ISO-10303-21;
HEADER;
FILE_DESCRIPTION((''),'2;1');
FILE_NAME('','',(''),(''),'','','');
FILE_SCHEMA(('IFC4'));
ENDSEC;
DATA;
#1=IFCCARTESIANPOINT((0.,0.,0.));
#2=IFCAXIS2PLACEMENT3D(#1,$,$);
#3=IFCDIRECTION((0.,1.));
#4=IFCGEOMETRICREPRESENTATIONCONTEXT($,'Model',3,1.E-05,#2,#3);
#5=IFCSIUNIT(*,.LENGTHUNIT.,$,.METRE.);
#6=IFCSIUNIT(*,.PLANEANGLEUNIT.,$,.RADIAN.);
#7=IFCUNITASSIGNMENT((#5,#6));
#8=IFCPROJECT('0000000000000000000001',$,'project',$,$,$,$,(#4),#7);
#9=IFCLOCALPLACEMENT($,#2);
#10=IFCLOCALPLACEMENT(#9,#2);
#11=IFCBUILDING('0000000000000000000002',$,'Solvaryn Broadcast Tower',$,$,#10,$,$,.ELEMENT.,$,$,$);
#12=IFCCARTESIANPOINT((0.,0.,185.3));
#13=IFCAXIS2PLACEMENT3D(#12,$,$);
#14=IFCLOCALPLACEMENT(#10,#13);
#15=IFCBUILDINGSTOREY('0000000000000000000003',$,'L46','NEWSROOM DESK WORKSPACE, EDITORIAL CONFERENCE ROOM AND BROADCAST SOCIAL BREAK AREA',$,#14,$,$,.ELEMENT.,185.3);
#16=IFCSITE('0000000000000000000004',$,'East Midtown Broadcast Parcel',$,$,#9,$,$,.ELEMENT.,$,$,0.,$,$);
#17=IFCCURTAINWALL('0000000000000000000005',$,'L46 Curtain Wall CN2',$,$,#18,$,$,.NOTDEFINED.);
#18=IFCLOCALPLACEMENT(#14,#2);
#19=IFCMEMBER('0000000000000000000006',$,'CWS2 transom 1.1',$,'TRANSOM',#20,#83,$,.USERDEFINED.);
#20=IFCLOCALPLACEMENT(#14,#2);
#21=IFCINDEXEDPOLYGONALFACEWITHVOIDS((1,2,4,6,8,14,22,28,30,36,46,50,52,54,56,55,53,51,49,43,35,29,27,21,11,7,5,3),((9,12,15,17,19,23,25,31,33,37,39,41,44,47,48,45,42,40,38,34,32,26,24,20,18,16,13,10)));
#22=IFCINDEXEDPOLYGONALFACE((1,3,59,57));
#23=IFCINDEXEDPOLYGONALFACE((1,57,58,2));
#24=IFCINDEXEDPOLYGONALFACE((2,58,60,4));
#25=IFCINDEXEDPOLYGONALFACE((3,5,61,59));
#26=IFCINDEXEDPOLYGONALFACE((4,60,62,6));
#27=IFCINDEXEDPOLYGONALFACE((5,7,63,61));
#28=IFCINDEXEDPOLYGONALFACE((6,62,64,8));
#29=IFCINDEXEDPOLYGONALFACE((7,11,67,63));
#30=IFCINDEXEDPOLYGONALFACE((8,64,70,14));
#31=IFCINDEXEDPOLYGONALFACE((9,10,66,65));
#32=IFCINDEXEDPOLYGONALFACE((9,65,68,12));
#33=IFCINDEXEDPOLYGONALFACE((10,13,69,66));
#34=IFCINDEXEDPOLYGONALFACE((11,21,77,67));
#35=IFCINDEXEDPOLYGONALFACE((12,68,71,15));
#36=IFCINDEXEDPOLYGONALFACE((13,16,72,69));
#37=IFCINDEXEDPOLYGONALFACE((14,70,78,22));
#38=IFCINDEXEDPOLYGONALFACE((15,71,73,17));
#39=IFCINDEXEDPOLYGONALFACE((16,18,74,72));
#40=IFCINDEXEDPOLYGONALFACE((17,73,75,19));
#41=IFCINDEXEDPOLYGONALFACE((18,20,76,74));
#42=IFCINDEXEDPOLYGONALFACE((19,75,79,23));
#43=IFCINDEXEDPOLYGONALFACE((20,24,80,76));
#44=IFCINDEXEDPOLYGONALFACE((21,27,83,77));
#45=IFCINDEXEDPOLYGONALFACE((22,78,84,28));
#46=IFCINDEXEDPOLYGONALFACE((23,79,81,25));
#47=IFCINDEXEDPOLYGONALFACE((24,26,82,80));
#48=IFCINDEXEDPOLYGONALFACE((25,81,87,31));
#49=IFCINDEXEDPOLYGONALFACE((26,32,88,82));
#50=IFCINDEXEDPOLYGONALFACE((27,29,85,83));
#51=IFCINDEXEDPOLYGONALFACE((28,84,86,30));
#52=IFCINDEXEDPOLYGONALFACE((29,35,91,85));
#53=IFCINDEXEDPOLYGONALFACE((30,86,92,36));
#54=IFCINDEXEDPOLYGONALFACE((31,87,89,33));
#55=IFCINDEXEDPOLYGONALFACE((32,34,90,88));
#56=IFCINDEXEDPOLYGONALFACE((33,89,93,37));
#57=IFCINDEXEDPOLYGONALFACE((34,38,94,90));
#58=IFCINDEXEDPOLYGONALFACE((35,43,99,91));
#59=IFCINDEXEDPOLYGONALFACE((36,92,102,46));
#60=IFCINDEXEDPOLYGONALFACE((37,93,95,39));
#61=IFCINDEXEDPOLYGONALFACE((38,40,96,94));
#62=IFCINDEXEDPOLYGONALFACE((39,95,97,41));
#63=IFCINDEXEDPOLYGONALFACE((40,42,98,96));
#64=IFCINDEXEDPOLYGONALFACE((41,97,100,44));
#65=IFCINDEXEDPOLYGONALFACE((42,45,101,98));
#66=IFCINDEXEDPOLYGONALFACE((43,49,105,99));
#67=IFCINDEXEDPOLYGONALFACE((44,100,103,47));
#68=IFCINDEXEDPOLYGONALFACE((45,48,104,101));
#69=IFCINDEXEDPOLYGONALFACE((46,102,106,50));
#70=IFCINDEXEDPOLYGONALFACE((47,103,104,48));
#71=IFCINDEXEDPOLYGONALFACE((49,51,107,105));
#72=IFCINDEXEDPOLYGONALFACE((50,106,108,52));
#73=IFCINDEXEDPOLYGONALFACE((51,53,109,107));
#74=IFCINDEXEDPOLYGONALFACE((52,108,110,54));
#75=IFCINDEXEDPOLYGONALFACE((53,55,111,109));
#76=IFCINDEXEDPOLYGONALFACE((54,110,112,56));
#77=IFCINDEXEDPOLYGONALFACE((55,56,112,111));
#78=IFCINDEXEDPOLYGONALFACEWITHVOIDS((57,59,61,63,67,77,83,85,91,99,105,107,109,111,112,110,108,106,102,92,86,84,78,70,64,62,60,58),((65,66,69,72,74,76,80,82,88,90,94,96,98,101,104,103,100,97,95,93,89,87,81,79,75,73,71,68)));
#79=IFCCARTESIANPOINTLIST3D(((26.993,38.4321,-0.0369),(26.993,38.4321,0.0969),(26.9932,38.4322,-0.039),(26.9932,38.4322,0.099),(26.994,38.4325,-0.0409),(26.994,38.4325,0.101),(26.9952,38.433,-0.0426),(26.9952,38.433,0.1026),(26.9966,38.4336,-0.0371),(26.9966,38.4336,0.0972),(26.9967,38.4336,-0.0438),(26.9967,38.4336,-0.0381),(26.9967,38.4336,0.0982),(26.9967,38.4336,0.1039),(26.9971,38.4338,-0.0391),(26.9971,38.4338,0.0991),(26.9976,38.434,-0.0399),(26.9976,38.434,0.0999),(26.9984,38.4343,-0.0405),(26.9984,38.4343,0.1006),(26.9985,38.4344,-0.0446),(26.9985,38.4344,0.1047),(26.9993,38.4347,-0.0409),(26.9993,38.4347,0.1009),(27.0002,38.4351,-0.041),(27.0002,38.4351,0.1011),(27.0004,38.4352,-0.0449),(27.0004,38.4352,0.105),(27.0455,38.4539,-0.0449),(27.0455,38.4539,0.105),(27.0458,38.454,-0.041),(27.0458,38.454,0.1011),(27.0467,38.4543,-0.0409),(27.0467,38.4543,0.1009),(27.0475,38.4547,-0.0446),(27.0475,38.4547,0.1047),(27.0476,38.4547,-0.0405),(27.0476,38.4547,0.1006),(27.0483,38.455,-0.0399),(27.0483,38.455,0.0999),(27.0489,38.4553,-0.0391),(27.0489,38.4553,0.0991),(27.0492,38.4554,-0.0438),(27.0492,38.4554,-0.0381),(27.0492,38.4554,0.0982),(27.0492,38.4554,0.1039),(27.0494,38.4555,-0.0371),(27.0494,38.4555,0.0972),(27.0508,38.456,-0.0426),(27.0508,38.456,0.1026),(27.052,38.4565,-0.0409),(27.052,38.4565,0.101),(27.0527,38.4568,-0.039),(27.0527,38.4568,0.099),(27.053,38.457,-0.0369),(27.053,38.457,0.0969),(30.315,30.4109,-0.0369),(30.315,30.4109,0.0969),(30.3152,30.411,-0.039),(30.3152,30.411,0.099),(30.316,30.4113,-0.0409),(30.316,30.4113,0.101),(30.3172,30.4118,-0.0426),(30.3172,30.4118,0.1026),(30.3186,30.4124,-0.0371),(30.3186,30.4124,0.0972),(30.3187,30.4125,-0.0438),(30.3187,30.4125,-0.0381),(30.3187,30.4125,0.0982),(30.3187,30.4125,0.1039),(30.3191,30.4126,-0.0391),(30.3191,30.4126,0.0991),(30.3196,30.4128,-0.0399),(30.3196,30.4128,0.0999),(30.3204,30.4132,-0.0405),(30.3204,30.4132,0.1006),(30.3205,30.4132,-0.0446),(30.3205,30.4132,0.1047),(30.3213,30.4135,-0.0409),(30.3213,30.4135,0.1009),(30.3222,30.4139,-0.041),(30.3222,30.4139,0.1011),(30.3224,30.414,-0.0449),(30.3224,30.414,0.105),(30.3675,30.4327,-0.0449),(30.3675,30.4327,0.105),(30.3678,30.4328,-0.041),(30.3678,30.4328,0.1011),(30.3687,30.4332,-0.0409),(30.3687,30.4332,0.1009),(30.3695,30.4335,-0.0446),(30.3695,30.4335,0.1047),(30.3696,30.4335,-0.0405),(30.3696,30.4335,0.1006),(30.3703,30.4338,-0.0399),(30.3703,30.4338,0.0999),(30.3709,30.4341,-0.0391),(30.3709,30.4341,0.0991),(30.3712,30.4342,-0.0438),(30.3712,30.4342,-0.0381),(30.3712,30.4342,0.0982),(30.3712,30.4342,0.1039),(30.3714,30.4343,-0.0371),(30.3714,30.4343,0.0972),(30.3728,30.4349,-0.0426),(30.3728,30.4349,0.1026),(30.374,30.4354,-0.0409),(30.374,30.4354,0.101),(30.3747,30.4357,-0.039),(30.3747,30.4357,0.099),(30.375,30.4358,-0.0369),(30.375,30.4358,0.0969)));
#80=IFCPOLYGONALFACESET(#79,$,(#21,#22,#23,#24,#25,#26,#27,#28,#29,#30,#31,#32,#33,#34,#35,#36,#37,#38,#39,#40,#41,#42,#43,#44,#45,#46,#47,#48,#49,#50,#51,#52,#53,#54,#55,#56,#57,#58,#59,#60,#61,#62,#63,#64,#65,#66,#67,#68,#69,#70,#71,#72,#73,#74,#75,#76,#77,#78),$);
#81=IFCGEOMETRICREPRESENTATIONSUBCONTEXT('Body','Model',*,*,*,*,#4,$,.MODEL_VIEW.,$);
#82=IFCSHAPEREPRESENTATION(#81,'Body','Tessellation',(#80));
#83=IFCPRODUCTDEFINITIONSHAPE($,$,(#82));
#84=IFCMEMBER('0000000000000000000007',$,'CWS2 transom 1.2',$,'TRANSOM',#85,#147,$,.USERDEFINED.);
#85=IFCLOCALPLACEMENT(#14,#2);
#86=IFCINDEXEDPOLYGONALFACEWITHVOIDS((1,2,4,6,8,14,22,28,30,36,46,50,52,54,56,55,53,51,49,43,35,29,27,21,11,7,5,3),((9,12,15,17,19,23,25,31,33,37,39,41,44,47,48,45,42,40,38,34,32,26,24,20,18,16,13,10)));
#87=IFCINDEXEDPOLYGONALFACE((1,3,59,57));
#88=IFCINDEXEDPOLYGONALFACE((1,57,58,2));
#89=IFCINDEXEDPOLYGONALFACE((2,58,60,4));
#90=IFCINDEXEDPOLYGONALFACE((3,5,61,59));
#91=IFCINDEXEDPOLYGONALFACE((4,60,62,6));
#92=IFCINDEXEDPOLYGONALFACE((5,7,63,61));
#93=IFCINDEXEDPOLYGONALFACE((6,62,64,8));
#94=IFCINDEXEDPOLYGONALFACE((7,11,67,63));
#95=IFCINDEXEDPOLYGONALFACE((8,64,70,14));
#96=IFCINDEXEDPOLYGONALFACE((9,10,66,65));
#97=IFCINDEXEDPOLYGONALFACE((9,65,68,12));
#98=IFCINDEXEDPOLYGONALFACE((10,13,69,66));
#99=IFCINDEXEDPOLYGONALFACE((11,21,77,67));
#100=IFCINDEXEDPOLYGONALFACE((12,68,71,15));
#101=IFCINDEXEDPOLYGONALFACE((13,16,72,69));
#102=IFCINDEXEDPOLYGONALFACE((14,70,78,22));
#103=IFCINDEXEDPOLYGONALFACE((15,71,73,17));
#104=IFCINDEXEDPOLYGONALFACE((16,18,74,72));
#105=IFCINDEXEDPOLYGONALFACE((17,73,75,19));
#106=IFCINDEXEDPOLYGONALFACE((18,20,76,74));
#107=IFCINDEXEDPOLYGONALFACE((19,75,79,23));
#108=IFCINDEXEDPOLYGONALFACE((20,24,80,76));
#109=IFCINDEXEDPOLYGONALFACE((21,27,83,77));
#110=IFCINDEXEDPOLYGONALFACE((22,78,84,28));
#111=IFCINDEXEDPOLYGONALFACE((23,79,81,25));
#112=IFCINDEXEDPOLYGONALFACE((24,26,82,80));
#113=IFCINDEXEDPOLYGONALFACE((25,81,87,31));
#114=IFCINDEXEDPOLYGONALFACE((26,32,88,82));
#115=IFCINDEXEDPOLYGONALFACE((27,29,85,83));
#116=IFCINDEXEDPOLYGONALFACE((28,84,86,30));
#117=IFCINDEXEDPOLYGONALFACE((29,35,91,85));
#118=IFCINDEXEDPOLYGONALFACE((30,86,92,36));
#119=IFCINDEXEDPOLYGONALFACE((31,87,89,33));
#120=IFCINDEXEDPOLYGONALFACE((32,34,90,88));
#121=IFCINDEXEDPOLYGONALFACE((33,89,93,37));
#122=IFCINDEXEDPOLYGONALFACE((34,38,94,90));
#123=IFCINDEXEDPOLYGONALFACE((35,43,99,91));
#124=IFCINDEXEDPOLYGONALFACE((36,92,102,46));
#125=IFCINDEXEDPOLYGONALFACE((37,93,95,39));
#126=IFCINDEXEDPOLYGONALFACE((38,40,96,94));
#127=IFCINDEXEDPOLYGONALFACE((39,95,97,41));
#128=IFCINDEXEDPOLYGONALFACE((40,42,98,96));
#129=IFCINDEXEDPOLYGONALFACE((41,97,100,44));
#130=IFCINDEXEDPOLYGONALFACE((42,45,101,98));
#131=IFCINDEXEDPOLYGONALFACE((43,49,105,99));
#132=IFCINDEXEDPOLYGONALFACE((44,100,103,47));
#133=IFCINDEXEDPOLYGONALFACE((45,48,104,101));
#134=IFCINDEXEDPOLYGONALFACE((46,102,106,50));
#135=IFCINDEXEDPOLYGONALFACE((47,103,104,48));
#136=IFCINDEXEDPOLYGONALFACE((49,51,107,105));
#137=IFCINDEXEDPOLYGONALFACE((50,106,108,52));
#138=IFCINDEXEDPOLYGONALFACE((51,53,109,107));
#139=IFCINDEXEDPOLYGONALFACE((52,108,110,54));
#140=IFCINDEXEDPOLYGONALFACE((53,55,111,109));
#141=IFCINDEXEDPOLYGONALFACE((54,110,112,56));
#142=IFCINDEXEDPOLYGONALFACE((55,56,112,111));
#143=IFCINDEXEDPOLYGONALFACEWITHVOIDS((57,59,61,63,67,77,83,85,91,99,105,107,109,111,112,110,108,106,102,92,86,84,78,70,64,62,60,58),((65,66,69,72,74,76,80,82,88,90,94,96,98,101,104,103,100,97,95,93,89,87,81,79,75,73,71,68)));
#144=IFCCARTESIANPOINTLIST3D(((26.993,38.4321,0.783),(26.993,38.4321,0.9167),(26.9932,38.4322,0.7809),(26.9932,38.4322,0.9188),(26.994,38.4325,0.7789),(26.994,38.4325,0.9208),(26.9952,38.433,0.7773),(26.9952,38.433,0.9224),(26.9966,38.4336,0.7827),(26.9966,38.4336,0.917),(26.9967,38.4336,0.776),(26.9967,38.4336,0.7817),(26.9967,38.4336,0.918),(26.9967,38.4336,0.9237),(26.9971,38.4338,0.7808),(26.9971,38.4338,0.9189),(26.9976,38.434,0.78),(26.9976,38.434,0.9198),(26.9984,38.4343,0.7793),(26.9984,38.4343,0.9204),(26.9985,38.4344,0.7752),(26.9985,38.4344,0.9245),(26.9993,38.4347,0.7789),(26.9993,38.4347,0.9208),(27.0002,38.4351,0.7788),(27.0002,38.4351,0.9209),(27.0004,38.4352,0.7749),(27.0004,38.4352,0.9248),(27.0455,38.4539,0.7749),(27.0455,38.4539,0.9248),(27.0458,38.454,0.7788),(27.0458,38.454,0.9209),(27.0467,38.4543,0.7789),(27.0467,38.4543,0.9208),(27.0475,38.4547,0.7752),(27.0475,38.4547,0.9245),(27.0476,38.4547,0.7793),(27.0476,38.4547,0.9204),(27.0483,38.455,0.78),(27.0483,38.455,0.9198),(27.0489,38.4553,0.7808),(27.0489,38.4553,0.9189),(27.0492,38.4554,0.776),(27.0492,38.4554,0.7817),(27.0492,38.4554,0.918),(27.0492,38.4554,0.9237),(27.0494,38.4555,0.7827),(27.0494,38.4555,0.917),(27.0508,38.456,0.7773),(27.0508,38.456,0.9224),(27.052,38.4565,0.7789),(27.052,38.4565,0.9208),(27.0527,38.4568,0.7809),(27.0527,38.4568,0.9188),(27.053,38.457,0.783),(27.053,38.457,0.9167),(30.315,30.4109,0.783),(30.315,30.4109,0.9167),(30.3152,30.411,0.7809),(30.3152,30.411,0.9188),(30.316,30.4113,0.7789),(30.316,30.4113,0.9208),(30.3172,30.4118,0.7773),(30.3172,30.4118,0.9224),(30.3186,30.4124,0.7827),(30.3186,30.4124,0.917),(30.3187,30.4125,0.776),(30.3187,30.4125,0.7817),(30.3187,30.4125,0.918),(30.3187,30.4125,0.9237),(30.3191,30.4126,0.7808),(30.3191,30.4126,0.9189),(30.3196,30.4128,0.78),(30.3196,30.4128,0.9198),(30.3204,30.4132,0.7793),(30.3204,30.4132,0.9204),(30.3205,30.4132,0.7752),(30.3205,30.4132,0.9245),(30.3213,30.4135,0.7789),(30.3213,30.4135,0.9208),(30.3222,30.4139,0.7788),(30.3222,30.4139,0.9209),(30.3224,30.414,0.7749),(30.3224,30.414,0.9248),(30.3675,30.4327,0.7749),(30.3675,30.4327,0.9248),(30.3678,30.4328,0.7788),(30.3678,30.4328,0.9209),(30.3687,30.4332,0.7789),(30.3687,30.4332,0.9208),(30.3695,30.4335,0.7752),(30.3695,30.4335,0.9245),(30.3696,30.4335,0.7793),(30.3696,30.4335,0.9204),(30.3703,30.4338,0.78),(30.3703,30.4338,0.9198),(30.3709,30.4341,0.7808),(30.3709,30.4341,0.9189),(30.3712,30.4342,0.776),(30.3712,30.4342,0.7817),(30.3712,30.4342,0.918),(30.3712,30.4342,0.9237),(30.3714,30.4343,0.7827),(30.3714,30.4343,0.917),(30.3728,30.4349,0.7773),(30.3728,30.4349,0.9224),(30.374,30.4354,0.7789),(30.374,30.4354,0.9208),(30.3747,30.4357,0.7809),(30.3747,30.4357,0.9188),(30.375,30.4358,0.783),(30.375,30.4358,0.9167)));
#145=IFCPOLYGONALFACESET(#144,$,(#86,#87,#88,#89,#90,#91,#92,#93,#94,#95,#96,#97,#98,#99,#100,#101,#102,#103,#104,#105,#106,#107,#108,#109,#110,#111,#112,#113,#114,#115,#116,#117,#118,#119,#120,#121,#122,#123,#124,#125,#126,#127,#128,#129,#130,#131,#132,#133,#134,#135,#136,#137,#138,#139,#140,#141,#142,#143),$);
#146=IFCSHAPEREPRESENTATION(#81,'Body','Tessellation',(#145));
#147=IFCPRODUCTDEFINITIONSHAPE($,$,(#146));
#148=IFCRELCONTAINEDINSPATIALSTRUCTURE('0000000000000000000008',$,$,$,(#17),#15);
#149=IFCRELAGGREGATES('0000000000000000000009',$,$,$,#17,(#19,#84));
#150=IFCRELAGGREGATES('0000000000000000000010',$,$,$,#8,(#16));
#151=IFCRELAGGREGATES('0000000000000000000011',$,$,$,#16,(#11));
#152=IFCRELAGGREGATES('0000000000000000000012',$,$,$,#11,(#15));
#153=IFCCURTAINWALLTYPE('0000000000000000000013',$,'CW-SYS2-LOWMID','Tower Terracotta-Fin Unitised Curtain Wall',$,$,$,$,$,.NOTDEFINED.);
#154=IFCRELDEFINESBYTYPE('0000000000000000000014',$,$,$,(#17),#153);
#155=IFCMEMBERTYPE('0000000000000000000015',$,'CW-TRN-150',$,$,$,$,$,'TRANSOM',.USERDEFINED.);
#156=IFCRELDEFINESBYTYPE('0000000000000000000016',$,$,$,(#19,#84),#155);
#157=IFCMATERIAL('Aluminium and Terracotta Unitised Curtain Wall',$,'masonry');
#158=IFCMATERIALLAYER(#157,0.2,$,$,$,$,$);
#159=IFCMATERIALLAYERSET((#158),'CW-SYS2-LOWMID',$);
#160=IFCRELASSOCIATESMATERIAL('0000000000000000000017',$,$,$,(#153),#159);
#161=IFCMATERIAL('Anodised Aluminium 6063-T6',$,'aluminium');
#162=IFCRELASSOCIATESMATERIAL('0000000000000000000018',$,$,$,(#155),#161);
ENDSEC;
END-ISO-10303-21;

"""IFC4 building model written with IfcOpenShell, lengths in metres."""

from ifc_helpers import new_model, si_unit, direction, frame, origin, origin_2d, place, context, subcontext, project, spatial, hollow_rectangle, extrude, material, layer, layer_set, material_profile, profile_set, type_object, element, aggregate, save


model = new_model("IFC4")

# Units and contexts
model_context = context("Model", 3, precision=1e-05, world=origin(), true_north=direction((0.0, 1.0)))
body_context = subcontext(model_context, "Body", "Model", "MODEL_VIEW")
ifc_project = project(units=[si_unit("LENGTHUNIT", "METRE"), si_unit("PLANEANGLEUNIT", "RADIAN")], contexts=[model_context])

# Site, building, storey
site_placement = place(None, origin())
site = spatial("IfcSite", under=ifc_project, at=site_placement, Name="East Midtown Broadcast Parcel", CompositionType="ELEMENT", RefElevation=0.0)
building_placement = place(site_placement, origin())
building = spatial("IfcBuilding", under=site, at=building_placement, Name="Solvaryn Broadcast Tower", CompositionType="ELEMENT")
storey_placement = place(building_placement, frame((0.0, 0.0, 185.3)))
storey = spatial("IfcBuildingStorey", under=building, at=storey_placement, Name="L46", Description="NEWSROOM DESK WORKSPACE, EDITORIAL CONFERENCE ROOM AND BROADCAST SOCIAL BREAK AREA", CompositionType="ELEMENT", Elevation=185.3)

# Shared definitions
ifc_material_1 = material(Name="Aluminium and Terracotta Unitised Curtain Wall", Category="masonry")
ifc_layer_1 = layer(ifc_material_1, 0.2)
ifc_layer_set_1 = layer_set([ifc_layer_1], Name="CW-SYS2-LOWMID")
curtain_wall_type = type_object("IfcCurtainWallType", Name="CW-SYS2-LOWMID", Description="Tower Terracotta-Fin Unitised Curtain Wall", PredefinedType="NOTDEFINED", material=ifc_layer_set_1)

# Curtain wall, members
curtain_wall_1_placement = place(storey_placement, origin())
curtain_wall_1 = element("IfcCurtainWall", 1, at=curtain_wall_1_placement, inside=storey, type_object=curtain_wall_type, Name="L46 Curtain Wall CN2", PredefinedType="NOTDEFINED")
ifc_material_2 = material(Name="Anodised Aluminium 6063-T6", Category="aluminium")
ifc_material_profile_1 = material_profile(ifc_material_2, hollow_rectangle(XDim=0.0649, YDim=0.1499, WallThickness=0.0039, InnerFilletRadius=0.0039, OuterFilletRadius=0.0081, at=origin_2d()))
ifc_profile_set_1 = profile_set([ifc_material_profile_1], Name="Anodised Aluminium 6063-T6")
member_type_1 = type_object("IfcMemberType", Name="CW-TRN-150", ElementType="TRANSOM", PredefinedType="USERDEFINED", material=ifc_profile_set_1)
member_1_placement = place(storey_placement, frame((30.345, 30.4233, 0.03), z_axis=(-0.382636, 0.923899, 0.0), x_axis=(-0.923899, -0.382636, 0.0)))
member_1 = element("IfcMember", 2, at=member_1_placement, type_object=member_type_1, Name="CWS2 transom 1.1", ObjectType="TRANSOM", PredefinedType="USERDEFINED", context=body_context, shape_type="SweptSolid", body=[
    extrude(hollow_rectangle(XDim=0.0649, YDim=0.1499, WallThickness=0.0039, InnerFilletRadius=0.0039, OuterFilletRadius=0.0081, at=origin_2d()), origin(), (0.0, 0.0, 1.0), 8.6819),
])
member_2_placement = place(storey_placement, frame((30.345, 30.4233, 0.8499), z_axis=(-0.382636, 0.923899, 0.0), x_axis=(-0.923899, -0.382636, 0.0)))
member_2 = element("IfcMember", 3, at=member_2_placement, type_object=member_type_1, Name="CWS2 transom 1.2", ObjectType="TRANSOM", PredefinedType="USERDEFINED", context=body_context, shape_type="SweptSolid", body=[
    extrude(hollow_rectangle(XDim=0.0649, YDim=0.1499, WallThickness=0.0039, InnerFilletRadius=0.0039, OuterFilletRadius=0.0081, at=origin_2d()), origin(), (0.0, 0.0, 1.0), 8.6819),
])

aggregate(curtain_wall_1, [member_1, member_2])

save(model, "model.ifc")
